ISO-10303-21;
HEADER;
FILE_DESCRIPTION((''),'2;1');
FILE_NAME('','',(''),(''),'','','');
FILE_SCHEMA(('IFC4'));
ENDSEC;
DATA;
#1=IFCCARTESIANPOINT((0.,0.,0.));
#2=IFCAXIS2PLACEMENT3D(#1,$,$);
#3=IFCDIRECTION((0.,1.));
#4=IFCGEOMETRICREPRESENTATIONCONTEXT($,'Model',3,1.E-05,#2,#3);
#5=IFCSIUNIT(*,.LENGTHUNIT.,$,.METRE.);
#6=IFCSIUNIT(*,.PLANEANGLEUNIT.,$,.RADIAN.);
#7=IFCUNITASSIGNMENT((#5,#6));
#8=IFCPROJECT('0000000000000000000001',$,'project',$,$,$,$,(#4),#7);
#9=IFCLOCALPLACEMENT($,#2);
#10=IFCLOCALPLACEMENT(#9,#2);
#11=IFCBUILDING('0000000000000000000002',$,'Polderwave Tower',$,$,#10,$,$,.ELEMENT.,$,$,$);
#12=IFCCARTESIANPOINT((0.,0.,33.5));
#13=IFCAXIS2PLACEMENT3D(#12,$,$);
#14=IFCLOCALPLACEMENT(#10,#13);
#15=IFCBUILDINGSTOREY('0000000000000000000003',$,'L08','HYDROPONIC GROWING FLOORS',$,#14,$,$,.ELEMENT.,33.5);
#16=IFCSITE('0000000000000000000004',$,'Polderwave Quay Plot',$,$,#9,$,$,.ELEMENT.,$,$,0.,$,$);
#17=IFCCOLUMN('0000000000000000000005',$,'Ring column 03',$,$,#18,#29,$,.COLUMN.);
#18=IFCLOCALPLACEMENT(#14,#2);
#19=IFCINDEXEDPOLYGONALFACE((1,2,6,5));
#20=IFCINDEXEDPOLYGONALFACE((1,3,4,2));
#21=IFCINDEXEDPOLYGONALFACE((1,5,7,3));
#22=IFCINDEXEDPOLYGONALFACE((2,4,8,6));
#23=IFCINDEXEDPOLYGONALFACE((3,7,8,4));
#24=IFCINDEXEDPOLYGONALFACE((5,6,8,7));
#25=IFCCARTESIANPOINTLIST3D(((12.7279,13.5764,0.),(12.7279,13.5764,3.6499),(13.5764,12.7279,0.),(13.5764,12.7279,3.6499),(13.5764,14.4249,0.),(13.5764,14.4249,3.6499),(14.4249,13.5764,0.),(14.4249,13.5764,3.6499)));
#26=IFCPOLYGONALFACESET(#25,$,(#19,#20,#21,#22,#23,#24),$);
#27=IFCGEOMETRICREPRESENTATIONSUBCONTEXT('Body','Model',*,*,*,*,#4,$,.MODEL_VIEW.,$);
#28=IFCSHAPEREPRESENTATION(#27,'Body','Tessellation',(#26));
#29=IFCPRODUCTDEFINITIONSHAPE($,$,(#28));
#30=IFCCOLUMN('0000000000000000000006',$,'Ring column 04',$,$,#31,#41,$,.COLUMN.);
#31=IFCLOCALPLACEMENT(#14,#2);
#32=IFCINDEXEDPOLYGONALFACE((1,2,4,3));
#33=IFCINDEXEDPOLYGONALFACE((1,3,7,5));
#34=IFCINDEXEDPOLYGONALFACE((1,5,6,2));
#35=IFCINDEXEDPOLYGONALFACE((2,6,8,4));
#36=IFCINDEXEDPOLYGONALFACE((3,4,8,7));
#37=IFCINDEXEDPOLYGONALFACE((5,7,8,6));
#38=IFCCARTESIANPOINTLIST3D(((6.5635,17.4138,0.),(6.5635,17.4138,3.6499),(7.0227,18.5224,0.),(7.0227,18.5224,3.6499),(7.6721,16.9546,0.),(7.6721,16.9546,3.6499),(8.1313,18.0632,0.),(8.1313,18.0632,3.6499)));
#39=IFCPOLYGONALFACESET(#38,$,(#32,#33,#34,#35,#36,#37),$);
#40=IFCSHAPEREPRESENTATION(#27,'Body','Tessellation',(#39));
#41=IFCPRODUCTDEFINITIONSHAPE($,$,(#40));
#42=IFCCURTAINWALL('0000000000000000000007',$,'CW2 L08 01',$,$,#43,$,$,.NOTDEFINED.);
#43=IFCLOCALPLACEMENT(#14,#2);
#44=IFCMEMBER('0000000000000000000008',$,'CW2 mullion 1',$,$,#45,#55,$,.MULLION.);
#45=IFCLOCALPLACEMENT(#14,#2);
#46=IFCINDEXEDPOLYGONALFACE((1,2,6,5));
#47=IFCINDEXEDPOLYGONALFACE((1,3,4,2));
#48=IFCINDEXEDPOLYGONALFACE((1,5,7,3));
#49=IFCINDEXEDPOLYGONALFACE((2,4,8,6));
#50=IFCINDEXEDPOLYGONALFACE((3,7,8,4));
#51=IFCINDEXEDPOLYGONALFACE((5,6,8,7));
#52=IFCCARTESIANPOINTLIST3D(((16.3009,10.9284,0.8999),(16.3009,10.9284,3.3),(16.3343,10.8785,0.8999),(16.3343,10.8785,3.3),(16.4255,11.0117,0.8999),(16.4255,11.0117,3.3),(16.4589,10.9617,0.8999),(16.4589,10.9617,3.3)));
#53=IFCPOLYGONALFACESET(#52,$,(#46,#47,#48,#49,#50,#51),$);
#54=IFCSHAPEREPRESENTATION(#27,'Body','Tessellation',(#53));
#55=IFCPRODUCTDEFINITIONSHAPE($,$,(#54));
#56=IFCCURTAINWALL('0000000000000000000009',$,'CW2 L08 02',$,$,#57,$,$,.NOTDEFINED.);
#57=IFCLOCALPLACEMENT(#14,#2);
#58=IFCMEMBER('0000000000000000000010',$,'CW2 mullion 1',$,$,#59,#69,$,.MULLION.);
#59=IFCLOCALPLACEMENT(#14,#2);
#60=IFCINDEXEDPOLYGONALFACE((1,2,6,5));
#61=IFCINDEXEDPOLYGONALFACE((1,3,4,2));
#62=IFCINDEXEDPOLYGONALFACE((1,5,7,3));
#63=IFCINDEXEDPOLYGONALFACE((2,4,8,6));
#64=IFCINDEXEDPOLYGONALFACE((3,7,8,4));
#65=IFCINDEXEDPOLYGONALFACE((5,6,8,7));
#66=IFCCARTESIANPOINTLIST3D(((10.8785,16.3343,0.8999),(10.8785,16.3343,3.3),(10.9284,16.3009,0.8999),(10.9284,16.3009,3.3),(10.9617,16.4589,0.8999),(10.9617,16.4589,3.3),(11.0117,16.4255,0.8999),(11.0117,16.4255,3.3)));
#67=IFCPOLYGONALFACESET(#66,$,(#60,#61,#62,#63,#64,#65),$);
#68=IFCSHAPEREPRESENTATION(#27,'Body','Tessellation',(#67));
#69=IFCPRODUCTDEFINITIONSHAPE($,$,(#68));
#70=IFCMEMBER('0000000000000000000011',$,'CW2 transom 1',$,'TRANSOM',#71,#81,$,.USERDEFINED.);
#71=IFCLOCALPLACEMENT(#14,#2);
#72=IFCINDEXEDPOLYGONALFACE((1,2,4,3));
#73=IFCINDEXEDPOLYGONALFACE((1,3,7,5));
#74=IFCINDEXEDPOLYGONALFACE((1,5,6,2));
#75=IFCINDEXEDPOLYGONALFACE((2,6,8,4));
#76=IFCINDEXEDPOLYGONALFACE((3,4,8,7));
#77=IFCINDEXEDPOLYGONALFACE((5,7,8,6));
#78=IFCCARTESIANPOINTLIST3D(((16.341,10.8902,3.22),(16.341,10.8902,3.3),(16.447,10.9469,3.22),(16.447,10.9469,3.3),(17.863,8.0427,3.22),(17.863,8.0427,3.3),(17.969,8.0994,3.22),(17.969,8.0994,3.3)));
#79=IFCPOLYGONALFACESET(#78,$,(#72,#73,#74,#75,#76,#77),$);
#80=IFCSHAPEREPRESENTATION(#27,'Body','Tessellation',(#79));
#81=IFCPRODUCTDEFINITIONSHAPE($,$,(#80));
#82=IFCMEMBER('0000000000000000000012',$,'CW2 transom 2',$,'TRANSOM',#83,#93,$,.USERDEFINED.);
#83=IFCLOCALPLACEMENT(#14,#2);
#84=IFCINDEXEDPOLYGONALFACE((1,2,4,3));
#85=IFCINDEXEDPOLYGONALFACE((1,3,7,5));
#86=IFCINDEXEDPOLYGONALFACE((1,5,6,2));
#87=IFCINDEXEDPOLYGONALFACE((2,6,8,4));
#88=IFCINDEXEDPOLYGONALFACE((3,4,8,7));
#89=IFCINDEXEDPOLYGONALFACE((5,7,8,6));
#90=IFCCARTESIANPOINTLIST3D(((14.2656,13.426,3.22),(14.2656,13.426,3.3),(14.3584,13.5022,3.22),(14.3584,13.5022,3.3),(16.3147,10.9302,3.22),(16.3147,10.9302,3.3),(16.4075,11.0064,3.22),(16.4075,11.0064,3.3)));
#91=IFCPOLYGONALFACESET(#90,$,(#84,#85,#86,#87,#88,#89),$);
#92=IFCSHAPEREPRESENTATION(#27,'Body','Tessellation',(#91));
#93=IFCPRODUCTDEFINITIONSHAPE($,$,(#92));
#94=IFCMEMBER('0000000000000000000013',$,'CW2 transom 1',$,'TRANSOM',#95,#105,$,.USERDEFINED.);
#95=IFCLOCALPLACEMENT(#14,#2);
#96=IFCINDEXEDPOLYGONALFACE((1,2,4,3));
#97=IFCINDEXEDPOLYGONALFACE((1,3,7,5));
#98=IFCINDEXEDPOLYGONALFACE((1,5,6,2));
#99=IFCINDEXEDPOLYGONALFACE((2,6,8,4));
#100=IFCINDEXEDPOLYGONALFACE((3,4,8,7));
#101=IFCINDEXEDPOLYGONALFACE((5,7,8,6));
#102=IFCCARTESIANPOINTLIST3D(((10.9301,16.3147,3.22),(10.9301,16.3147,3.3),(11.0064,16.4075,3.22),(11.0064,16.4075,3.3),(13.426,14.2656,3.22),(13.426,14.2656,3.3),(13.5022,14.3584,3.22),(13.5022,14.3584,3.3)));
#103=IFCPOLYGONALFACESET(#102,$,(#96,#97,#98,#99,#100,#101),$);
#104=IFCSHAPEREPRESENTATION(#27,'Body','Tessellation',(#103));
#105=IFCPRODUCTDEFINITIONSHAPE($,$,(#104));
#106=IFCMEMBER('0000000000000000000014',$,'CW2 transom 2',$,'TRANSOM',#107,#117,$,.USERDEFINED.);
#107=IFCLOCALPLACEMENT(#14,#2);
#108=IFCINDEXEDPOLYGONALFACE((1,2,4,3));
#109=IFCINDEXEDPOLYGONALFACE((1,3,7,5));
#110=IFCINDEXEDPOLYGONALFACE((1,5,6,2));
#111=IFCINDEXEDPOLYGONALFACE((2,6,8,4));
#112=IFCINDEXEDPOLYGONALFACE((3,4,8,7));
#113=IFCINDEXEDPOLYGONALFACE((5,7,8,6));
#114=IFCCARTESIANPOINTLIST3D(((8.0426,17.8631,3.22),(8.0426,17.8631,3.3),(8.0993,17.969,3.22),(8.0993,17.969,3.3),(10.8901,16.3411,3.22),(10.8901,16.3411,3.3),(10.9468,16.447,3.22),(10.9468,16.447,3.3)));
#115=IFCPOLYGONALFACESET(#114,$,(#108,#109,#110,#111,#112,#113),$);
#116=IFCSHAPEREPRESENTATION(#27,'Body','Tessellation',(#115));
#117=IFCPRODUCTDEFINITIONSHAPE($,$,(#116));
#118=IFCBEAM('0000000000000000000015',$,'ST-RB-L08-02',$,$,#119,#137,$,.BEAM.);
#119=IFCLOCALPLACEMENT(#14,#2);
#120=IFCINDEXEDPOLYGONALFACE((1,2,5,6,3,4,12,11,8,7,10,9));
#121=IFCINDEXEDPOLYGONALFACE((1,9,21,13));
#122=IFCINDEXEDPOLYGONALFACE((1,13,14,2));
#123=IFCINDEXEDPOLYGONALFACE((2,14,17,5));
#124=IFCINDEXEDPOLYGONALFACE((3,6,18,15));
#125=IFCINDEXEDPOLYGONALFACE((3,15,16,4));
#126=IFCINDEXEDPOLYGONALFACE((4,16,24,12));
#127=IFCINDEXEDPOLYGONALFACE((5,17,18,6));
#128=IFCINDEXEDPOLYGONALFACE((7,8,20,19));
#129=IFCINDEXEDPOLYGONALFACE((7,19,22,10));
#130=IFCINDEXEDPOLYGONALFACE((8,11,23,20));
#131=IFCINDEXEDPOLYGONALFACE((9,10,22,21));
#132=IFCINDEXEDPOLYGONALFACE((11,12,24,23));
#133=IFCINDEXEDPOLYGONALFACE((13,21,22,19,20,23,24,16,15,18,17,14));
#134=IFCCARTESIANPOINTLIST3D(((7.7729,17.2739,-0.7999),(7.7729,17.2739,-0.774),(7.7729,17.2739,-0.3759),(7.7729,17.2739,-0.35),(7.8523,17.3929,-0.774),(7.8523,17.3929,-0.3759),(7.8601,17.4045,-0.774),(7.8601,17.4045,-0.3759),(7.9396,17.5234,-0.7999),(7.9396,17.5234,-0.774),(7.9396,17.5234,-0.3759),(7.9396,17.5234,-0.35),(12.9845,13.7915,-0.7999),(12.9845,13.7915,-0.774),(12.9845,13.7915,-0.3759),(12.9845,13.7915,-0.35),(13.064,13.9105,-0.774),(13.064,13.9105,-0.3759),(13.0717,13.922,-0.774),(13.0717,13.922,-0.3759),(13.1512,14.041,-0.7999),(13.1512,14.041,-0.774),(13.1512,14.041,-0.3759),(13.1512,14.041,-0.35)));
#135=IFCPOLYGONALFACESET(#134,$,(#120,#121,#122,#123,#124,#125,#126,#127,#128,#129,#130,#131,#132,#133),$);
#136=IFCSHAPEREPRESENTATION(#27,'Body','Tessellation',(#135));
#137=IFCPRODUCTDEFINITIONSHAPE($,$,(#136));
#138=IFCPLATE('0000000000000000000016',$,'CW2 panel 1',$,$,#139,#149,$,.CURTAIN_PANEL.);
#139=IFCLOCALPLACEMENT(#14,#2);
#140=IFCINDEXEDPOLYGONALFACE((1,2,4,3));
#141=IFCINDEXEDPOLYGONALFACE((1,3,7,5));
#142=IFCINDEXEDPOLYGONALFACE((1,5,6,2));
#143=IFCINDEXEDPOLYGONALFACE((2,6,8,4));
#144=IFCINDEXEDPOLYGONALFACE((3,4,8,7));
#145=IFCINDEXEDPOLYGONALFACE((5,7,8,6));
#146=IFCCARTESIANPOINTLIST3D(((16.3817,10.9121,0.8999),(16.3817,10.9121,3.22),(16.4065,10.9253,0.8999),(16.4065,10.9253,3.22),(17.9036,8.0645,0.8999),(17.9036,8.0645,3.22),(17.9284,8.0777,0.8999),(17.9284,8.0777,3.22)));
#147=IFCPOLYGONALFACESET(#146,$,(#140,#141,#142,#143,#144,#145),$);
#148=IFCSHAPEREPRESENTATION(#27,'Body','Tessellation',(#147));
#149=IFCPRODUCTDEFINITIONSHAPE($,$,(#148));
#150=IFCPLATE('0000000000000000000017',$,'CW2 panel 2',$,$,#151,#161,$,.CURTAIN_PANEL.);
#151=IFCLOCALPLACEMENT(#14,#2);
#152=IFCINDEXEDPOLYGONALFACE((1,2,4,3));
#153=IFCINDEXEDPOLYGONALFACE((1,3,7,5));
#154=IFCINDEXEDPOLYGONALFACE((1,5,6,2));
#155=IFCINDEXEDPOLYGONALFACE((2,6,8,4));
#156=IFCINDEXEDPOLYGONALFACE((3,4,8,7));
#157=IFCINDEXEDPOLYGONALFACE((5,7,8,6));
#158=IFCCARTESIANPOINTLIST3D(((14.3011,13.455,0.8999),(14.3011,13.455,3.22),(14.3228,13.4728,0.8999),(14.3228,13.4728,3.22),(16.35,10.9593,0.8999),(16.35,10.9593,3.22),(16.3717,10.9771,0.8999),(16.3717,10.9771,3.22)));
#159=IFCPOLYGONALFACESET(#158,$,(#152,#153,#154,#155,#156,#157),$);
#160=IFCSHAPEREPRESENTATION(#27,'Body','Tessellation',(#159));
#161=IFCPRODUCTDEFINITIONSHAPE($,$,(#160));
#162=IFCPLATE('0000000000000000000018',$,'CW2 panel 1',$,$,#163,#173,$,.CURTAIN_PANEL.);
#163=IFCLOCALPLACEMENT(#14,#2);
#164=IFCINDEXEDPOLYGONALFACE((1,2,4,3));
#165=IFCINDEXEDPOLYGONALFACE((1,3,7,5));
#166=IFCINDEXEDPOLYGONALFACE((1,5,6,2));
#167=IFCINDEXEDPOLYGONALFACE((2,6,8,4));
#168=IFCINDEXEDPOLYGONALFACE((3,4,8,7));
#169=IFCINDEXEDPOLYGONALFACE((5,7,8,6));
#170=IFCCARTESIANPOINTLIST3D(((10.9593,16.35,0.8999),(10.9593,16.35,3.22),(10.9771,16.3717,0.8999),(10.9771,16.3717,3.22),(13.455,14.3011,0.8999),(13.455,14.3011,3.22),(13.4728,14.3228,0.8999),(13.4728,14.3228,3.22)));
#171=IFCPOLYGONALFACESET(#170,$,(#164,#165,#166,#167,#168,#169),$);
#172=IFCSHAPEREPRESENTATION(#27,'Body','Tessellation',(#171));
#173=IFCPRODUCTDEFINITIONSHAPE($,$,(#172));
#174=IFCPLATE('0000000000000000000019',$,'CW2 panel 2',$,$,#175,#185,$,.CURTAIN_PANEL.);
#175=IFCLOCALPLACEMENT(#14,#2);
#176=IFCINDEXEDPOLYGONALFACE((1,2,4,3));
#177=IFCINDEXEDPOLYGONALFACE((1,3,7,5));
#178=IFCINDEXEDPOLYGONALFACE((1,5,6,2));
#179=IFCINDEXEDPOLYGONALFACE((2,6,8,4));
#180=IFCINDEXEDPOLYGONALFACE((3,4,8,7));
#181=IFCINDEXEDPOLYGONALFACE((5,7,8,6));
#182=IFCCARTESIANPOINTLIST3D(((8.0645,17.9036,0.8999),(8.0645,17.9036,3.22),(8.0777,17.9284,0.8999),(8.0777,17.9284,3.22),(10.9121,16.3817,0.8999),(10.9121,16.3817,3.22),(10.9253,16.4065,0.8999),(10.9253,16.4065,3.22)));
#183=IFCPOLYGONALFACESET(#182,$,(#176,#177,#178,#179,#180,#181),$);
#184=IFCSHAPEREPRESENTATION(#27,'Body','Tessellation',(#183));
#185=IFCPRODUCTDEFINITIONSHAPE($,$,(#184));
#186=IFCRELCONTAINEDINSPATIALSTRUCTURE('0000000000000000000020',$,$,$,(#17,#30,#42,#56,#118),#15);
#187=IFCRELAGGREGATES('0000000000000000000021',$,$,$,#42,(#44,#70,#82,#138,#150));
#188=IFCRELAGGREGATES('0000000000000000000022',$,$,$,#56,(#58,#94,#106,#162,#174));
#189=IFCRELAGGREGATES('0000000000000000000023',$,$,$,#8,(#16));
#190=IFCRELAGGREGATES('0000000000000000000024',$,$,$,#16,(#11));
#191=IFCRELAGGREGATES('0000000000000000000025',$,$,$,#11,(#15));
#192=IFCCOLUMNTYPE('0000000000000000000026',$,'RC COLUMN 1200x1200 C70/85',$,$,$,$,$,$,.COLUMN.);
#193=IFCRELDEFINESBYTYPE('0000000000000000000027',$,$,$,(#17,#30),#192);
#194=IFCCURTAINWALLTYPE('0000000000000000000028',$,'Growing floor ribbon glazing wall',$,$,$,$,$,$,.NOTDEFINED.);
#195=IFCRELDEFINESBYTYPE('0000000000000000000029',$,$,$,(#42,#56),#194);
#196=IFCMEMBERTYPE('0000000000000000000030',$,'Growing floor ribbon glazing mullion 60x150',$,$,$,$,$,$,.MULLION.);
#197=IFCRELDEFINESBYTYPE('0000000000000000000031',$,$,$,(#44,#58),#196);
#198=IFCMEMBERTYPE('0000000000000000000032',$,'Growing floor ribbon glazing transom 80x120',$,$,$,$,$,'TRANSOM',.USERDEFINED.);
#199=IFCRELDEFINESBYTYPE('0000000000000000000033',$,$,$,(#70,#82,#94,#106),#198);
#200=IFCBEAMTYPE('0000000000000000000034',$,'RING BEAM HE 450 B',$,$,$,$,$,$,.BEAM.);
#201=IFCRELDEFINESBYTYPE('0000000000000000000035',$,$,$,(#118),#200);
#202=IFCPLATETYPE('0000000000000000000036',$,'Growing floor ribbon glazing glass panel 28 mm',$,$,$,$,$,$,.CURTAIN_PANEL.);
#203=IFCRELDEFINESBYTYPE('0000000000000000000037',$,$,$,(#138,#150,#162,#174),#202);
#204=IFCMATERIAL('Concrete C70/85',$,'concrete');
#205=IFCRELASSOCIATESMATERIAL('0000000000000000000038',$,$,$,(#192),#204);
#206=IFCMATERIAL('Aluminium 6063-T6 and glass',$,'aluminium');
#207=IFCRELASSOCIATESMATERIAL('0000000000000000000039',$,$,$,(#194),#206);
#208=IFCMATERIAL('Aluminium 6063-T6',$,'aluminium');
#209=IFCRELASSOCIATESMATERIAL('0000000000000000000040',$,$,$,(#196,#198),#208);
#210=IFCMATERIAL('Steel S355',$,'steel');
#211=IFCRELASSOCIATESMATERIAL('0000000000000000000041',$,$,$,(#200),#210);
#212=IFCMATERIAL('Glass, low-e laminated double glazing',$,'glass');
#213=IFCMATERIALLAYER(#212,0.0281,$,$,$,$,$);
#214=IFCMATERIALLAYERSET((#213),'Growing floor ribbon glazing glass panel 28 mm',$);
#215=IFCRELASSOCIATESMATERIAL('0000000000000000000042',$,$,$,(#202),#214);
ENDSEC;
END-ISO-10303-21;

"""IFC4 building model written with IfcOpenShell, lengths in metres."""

from ifc_helpers import new_model, si_unit, direction, frame, origin, origin_2d, place, context, subcontext, project, spatial, rectangle, i_section, extrude, material, layer, layer_set, material_profile, profile_set, type_object, element, aggregate, save


model = new_model("IFC4")

# Units and contexts
model_context = context("Model", 3, precision=1e-05, world=origin(), true_north=direction((0.0, 1.0)))
body_context = subcontext(model_context, "Body", "Model", "MODEL_VIEW")
ifc_project = project(units=[si_unit("LENGTHUNIT", "METRE"), si_unit("PLANEANGLEUNIT", "RADIAN")], contexts=[model_context])

# Site, building, storey
site_placement = place(None, origin())
site = spatial("IfcSite", under=ifc_project, at=site_placement, Name="Polderwave Quay Plot", CompositionType="ELEMENT", RefElevation=0.0)
building_placement = place(site_placement, origin())
building = spatial("IfcBuilding", under=site, at=building_placement, Name="Polderwave Tower", CompositionType="ELEMENT")
storey_placement = place(building_placement, frame((0.0, 0.0, 33.5)))
storey = spatial("IfcBuildingStorey", under=building, at=storey_placement, Name="L08", Description="HYDROPONIC GROWING FLOORS", CompositionType="ELEMENT", Elevation=33.5)

# Columns
ifc_material_1 = material(Name="Concrete C70/85", Category="concrete")
ifc_material_profile_1 = material_profile(ifc_material_1, rectangle(XDim=1.2, YDim=1.2, at=origin_2d()), Name="RC 1200x1200")
ifc_profile_set_1 = profile_set([ifc_material_profile_1], Name="Concrete C70/85")
column_type = type_object("IfcColumnType", Name="RC COLUMN 1200x1200 C70/85", PredefinedType="COLUMN", material=ifc_profile_set_1)
for number, where, z_axis, x_axis, name in (
    (1, (13.5764, 13.5764, 0.0), (0.0, 0.0, 1.0), (0.707107, 0.707107, 0.0), "Ring column 03"),
    (2, (7.3474, 17.7385, 0.0), (0.0, 0.0, 1.0), (0.382683, 0.92388, 0.0), "Ring column 04"),
):
    element("IfcColumn", number, at=place(storey_placement, frame(where, z_axis=z_axis, x_axis=x_axis)), inside=storey, type_object=column_type, Name=name, PredefinedType="COLUMN", context=body_context, shape_type="SweptSolid", body=[
        extrude(rectangle(XDim=1.2, YDim=1.2, at=origin_2d()), origin(), (0.0, 0.0, 1.0), 3.6499),
    ])

# Curtain walls, members
ifc_material_2 = material(Name="Aluminium 6063-T6 and glass", Category="aluminium")
curtain_wall_type = type_object("IfcCurtainWallType", Name="Growing floor ribbon glazing wall", PredefinedType="NOTDEFINED", material=ifc_material_2)
curtain_wall_1_placement = place(storey_placement, origin())
curtain_wall_1 = element("IfcCurtainWall", 3, at=curtain_wall_1_placement, inside=storey, type_object=curtain_wall_type, Name="CW2 L08 01", PredefinedType="NOTDEFINED")
ifc_material_3 = material(Name="Aluminium 6063-T6", Category="aluminium")
ifc_material_profile_2 = material_profile(ifc_material_3, rectangle(XDim=0.1499, YDim=0.0601, at=origin_2d()), Name="AL 60x150")
ifc_profile_set_2 = profile_set([ifc_material_profile_2], Name="Aluminium 6063-T6")
member_type_1 = type_object("IfcMemberType", Name="Growing floor ribbon glazing mullion 60x150", PredefinedType="MULLION", material=ifc_profile_set_2)
member_1_placement = place(storey_placement, frame((16.3799, 10.9451, 0.8999), z_axis=(0.0, 0.0, 1.0), x_axis=(-0.831437, -0.55562, 0.0)))
member_1 = element("IfcMember", 4, at=member_1_placement, type_object=member_type_1, Name="CW2 mullion 1", PredefinedType="MULLION", context=body_context, shape_type="SweptSolid", body=[
    extrude(rectangle(XDim=0.1499, YDim=0.0601, at=origin_2d()), origin(), (0.0, 0.0, 1.0), 2.4001),
])
curtain_wall_2_placement = place(storey_placement, origin())
curtain_wall_2 = element("IfcCurtainWall", 5, at=curtain_wall_2_placement, inside=storey, type_object=curtain_wall_type, Name="CW2 L08 02", PredefinedType="NOTDEFINED")
member_2_placement = place(storey_placement, frame((10.9451, 16.3799, 0.8999), z_axis=(0.0, 0.0, 1.0), x_axis=(-0.55562, -0.831437, 0.0)))
member_2 = element("IfcMember", 6, at=member_2_placement, type_object=member_type_1, Name="CW2 mullion 1", PredefinedType="MULLION", context=body_context, shape_type="SweptSolid", body=[
    extrude(rectangle(XDim=0.1499, YDim=0.0601, at=origin_2d()), origin(), (0.0, 0.0, 1.0), 2.4001),
])

# Members
ifc_material_profile_3 = material_profile(ifc_material_3, rectangle(XDim=0.1201, YDim=0.0801, at=origin_2d()), Name="AL 80x120")
ifc_profile_set_3 = profile_set([ifc_material_profile_3], Name="Aluminium 6063-T6")
member_type_2 = type_object("IfcMemberType", Name="Growing floor ribbon glazing transom 80x120", ElementType="TRANSOM", PredefinedType="USERDEFINED", material=ifc_profile_set_3)
member_3_placement = place(storey_placement, frame((17.916, 8.071, 3.26), z_axis=(-0.471397, 0.881921, 0.0), x_axis=(-0.881921, -0.471397, 0.0)))
member_3 = element("IfcMember", 7, at=member_3_placement, type_object=member_type_2, Name="CW2 transom 1", ObjectType="TRANSOM", PredefinedType="USERDEFINED", context=body_context, shape_type="SweptSolid", body=[
    extrude(rectangle(XDim=0.1201, YDim=0.0801, at=origin_2d()), origin(), (0.0, 0.0, 1.0), 3.2288),
])
member_4_placement = place(storey_placement, frame((16.3611, 10.9683, 3.26), z_axis=(-0.634538, 0.772892, 0.0), x_axis=(-0.772892, -0.634538, 0.0)))
member_4 = element("IfcMember", 8, at=member_4_placement, type_object=member_type_2, Name="CW2 transom 2", ObjectType="TRANSOM", PredefinedType="USERDEFINED", context=body_context, shape_type="SweptSolid", body=[
    extrude(rectangle(XDim=0.1201, YDim=0.0801, at=origin_2d()), origin(), (0.0, 0.0, 1.0), 3.2292),
])
member_5_placement = place(storey_placement, frame((13.4641, 14.312, 3.26), z_axis=(-0.772892, 0.634538, 0.0), x_axis=(-0.634538, -0.772892, 0.0)))
member_5 = element("IfcMember", 9, at=member_5_placement, type_object=member_type_2, Name="CW2 transom 1", ObjectType="TRANSOM", PredefinedType="USERDEFINED", context=body_context, shape_type="SweptSolid", body=[
    extrude(rectangle(XDim=0.1201, YDim=0.0801, at=origin_2d()), origin(), (0.0, 0.0, 1.0), 3.2292),
])
member_6_placement = place(storey_placement, frame((10.9185, 16.394, 3.26), z_axis=(-0.881921, 0.471397, 0.0), x_axis=(-0.471397, -0.881921, 0.0)))
member_6 = element("IfcMember", 10, at=member_6_placement, type_object=member_type_2, Name="CW2 transom 2", ObjectType="TRANSOM", PredefinedType="USERDEFINED", context=body_context, shape_type="SweptSolid", body=[
    extrude(rectangle(XDim=0.1201, YDim=0.0801, at=origin_2d()), origin(), (0.0, 0.0, 1.0), 3.2288),
])

# Beam
ifc_material_4 = material(Name="Steel S355", Category="steel")
ifc_material_profile_4 = material_profile(ifc_material_4, i_section(OverallWidth=0.3, OverallDepth=0.45, WebThickness=0.0139, FlangeThickness=0.0259, at=origin_2d()), Name="HE 450 B")
ifc_profile_set_4 = profile_set([ifc_material_profile_4], Name="Steel S355")
beam_type = type_object("IfcBeamType", Name="RING BEAM HE 450 B", PredefinedType="BEAM", material=ifc_profile_set_4)
beam_placement = place(storey_placement, frame((13.0679, 13.9163, -0.575), z_axis=(-0.831463, 0.555581, 0.0), x_axis=(-0.555581, -0.831463, 0.0)))
element("IfcBeam", 11, at=beam_placement, inside=storey, type_object=beam_type, Name="ST-RB-L08-02", PredefinedType="BEAM", context=body_context, shape_type="SweptSolid", body=[
    extrude(i_section(OverallWidth=0.3, OverallDepth=0.45, WebThickness=0.0139, FlangeThickness=0.0259, at=origin_2d()), origin(), (0.0, 0.0, 1.0), 6.2681),
])

# Plates
ifc_material_5 = material(Name="Glass, low-e laminated double glazing", Category="glass")
ifc_layer_1 = layer(ifc_material_5, 0.0281)
ifc_layer_set_1 = layer_set([ifc_layer_1], Name="Growing floor ribbon glazing glass panel 28 mm")
plate_type = type_object("IfcPlateType", Name="Growing floor ribbon glazing glass panel 28 mm", PredefinedType="CURTAIN_PANEL", material=ifc_layer_set_1)
plate_1_placement = place(storey_placement, frame((17.155, 9.4949, 0.8999), z_axis=(0.0, 0.0, 1.0), x_axis=(-0.471352, 0.881945, 0.0)))
plate_1 = element("IfcPlate", 12, at=plate_1_placement, type_object=plate_type, Name="CW2 panel 1", PredefinedType="CURTAIN_PANEL", context=body_context, shape_type="SweptSolid", body=[
    extrude(rectangle(XDim=3.2288, YDim=0.0281, at=origin_2d()), origin(), (0.0, 0.0, 1.0), 2.3201),
])
plate_2_placement = place(storey_placement, frame((15.3364, 12.2161, 0.8999), z_axis=(0.0, 0.0, 1.0), x_axis=(-0.634524, 0.772903, 0.0)))
plate_2 = element("IfcPlate", 13, at=plate_2_placement, type_object=plate_type, Name="CW2 panel 2", PredefinedType="CURTAIN_PANEL", context=body_context, shape_type="SweptSolid", body=[
    extrude(rectangle(XDim=3.229, YDim=0.0281, at=origin_2d()), origin(), (0.0, 0.0, 1.0), 2.3201),
])
aggregate(curtain_wall_1, [member_1, member_3, member_4, plate_1, plate_2])
plate_3_placement = place(storey_placement, frame((12.2161, 15.3364, 0.8999), z_axis=(0.0, 0.0, 1.0), x_axis=(-0.772903, 0.634524, 0.0)))
plate_3 = element("IfcPlate", 14, at=plate_3_placement, type_object=plate_type, Name="CW2 panel 1", PredefinedType="CURTAIN_PANEL", context=body_context, shape_type="SweptSolid", body=[
    extrude(rectangle(XDim=3.229, YDim=0.0281, at=origin_2d()), origin(), (0.0, 0.0, 1.0), 2.3201),
])
plate_4_placement = place(storey_placement, frame((9.4949, 17.155, 0.8999), z_axis=(0.0, 0.0, 1.0), x_axis=(-0.881945, 0.471352, 0.0)))
plate_4 = element("IfcPlate", 15, at=plate_4_placement, type_object=plate_type, Name="CW2 panel 2", PredefinedType="CURTAIN_PANEL", context=body_context, shape_type="SweptSolid", body=[
    extrude(rectangle(XDim=3.2288, YDim=0.0281, at=origin_2d()), origin(), (0.0, 0.0, 1.0), 2.3201),
])
aggregate(curtain_wall_2, [member_2, member_5, member_6, plate_3, plate_4])

save(model, "model.ifc")
